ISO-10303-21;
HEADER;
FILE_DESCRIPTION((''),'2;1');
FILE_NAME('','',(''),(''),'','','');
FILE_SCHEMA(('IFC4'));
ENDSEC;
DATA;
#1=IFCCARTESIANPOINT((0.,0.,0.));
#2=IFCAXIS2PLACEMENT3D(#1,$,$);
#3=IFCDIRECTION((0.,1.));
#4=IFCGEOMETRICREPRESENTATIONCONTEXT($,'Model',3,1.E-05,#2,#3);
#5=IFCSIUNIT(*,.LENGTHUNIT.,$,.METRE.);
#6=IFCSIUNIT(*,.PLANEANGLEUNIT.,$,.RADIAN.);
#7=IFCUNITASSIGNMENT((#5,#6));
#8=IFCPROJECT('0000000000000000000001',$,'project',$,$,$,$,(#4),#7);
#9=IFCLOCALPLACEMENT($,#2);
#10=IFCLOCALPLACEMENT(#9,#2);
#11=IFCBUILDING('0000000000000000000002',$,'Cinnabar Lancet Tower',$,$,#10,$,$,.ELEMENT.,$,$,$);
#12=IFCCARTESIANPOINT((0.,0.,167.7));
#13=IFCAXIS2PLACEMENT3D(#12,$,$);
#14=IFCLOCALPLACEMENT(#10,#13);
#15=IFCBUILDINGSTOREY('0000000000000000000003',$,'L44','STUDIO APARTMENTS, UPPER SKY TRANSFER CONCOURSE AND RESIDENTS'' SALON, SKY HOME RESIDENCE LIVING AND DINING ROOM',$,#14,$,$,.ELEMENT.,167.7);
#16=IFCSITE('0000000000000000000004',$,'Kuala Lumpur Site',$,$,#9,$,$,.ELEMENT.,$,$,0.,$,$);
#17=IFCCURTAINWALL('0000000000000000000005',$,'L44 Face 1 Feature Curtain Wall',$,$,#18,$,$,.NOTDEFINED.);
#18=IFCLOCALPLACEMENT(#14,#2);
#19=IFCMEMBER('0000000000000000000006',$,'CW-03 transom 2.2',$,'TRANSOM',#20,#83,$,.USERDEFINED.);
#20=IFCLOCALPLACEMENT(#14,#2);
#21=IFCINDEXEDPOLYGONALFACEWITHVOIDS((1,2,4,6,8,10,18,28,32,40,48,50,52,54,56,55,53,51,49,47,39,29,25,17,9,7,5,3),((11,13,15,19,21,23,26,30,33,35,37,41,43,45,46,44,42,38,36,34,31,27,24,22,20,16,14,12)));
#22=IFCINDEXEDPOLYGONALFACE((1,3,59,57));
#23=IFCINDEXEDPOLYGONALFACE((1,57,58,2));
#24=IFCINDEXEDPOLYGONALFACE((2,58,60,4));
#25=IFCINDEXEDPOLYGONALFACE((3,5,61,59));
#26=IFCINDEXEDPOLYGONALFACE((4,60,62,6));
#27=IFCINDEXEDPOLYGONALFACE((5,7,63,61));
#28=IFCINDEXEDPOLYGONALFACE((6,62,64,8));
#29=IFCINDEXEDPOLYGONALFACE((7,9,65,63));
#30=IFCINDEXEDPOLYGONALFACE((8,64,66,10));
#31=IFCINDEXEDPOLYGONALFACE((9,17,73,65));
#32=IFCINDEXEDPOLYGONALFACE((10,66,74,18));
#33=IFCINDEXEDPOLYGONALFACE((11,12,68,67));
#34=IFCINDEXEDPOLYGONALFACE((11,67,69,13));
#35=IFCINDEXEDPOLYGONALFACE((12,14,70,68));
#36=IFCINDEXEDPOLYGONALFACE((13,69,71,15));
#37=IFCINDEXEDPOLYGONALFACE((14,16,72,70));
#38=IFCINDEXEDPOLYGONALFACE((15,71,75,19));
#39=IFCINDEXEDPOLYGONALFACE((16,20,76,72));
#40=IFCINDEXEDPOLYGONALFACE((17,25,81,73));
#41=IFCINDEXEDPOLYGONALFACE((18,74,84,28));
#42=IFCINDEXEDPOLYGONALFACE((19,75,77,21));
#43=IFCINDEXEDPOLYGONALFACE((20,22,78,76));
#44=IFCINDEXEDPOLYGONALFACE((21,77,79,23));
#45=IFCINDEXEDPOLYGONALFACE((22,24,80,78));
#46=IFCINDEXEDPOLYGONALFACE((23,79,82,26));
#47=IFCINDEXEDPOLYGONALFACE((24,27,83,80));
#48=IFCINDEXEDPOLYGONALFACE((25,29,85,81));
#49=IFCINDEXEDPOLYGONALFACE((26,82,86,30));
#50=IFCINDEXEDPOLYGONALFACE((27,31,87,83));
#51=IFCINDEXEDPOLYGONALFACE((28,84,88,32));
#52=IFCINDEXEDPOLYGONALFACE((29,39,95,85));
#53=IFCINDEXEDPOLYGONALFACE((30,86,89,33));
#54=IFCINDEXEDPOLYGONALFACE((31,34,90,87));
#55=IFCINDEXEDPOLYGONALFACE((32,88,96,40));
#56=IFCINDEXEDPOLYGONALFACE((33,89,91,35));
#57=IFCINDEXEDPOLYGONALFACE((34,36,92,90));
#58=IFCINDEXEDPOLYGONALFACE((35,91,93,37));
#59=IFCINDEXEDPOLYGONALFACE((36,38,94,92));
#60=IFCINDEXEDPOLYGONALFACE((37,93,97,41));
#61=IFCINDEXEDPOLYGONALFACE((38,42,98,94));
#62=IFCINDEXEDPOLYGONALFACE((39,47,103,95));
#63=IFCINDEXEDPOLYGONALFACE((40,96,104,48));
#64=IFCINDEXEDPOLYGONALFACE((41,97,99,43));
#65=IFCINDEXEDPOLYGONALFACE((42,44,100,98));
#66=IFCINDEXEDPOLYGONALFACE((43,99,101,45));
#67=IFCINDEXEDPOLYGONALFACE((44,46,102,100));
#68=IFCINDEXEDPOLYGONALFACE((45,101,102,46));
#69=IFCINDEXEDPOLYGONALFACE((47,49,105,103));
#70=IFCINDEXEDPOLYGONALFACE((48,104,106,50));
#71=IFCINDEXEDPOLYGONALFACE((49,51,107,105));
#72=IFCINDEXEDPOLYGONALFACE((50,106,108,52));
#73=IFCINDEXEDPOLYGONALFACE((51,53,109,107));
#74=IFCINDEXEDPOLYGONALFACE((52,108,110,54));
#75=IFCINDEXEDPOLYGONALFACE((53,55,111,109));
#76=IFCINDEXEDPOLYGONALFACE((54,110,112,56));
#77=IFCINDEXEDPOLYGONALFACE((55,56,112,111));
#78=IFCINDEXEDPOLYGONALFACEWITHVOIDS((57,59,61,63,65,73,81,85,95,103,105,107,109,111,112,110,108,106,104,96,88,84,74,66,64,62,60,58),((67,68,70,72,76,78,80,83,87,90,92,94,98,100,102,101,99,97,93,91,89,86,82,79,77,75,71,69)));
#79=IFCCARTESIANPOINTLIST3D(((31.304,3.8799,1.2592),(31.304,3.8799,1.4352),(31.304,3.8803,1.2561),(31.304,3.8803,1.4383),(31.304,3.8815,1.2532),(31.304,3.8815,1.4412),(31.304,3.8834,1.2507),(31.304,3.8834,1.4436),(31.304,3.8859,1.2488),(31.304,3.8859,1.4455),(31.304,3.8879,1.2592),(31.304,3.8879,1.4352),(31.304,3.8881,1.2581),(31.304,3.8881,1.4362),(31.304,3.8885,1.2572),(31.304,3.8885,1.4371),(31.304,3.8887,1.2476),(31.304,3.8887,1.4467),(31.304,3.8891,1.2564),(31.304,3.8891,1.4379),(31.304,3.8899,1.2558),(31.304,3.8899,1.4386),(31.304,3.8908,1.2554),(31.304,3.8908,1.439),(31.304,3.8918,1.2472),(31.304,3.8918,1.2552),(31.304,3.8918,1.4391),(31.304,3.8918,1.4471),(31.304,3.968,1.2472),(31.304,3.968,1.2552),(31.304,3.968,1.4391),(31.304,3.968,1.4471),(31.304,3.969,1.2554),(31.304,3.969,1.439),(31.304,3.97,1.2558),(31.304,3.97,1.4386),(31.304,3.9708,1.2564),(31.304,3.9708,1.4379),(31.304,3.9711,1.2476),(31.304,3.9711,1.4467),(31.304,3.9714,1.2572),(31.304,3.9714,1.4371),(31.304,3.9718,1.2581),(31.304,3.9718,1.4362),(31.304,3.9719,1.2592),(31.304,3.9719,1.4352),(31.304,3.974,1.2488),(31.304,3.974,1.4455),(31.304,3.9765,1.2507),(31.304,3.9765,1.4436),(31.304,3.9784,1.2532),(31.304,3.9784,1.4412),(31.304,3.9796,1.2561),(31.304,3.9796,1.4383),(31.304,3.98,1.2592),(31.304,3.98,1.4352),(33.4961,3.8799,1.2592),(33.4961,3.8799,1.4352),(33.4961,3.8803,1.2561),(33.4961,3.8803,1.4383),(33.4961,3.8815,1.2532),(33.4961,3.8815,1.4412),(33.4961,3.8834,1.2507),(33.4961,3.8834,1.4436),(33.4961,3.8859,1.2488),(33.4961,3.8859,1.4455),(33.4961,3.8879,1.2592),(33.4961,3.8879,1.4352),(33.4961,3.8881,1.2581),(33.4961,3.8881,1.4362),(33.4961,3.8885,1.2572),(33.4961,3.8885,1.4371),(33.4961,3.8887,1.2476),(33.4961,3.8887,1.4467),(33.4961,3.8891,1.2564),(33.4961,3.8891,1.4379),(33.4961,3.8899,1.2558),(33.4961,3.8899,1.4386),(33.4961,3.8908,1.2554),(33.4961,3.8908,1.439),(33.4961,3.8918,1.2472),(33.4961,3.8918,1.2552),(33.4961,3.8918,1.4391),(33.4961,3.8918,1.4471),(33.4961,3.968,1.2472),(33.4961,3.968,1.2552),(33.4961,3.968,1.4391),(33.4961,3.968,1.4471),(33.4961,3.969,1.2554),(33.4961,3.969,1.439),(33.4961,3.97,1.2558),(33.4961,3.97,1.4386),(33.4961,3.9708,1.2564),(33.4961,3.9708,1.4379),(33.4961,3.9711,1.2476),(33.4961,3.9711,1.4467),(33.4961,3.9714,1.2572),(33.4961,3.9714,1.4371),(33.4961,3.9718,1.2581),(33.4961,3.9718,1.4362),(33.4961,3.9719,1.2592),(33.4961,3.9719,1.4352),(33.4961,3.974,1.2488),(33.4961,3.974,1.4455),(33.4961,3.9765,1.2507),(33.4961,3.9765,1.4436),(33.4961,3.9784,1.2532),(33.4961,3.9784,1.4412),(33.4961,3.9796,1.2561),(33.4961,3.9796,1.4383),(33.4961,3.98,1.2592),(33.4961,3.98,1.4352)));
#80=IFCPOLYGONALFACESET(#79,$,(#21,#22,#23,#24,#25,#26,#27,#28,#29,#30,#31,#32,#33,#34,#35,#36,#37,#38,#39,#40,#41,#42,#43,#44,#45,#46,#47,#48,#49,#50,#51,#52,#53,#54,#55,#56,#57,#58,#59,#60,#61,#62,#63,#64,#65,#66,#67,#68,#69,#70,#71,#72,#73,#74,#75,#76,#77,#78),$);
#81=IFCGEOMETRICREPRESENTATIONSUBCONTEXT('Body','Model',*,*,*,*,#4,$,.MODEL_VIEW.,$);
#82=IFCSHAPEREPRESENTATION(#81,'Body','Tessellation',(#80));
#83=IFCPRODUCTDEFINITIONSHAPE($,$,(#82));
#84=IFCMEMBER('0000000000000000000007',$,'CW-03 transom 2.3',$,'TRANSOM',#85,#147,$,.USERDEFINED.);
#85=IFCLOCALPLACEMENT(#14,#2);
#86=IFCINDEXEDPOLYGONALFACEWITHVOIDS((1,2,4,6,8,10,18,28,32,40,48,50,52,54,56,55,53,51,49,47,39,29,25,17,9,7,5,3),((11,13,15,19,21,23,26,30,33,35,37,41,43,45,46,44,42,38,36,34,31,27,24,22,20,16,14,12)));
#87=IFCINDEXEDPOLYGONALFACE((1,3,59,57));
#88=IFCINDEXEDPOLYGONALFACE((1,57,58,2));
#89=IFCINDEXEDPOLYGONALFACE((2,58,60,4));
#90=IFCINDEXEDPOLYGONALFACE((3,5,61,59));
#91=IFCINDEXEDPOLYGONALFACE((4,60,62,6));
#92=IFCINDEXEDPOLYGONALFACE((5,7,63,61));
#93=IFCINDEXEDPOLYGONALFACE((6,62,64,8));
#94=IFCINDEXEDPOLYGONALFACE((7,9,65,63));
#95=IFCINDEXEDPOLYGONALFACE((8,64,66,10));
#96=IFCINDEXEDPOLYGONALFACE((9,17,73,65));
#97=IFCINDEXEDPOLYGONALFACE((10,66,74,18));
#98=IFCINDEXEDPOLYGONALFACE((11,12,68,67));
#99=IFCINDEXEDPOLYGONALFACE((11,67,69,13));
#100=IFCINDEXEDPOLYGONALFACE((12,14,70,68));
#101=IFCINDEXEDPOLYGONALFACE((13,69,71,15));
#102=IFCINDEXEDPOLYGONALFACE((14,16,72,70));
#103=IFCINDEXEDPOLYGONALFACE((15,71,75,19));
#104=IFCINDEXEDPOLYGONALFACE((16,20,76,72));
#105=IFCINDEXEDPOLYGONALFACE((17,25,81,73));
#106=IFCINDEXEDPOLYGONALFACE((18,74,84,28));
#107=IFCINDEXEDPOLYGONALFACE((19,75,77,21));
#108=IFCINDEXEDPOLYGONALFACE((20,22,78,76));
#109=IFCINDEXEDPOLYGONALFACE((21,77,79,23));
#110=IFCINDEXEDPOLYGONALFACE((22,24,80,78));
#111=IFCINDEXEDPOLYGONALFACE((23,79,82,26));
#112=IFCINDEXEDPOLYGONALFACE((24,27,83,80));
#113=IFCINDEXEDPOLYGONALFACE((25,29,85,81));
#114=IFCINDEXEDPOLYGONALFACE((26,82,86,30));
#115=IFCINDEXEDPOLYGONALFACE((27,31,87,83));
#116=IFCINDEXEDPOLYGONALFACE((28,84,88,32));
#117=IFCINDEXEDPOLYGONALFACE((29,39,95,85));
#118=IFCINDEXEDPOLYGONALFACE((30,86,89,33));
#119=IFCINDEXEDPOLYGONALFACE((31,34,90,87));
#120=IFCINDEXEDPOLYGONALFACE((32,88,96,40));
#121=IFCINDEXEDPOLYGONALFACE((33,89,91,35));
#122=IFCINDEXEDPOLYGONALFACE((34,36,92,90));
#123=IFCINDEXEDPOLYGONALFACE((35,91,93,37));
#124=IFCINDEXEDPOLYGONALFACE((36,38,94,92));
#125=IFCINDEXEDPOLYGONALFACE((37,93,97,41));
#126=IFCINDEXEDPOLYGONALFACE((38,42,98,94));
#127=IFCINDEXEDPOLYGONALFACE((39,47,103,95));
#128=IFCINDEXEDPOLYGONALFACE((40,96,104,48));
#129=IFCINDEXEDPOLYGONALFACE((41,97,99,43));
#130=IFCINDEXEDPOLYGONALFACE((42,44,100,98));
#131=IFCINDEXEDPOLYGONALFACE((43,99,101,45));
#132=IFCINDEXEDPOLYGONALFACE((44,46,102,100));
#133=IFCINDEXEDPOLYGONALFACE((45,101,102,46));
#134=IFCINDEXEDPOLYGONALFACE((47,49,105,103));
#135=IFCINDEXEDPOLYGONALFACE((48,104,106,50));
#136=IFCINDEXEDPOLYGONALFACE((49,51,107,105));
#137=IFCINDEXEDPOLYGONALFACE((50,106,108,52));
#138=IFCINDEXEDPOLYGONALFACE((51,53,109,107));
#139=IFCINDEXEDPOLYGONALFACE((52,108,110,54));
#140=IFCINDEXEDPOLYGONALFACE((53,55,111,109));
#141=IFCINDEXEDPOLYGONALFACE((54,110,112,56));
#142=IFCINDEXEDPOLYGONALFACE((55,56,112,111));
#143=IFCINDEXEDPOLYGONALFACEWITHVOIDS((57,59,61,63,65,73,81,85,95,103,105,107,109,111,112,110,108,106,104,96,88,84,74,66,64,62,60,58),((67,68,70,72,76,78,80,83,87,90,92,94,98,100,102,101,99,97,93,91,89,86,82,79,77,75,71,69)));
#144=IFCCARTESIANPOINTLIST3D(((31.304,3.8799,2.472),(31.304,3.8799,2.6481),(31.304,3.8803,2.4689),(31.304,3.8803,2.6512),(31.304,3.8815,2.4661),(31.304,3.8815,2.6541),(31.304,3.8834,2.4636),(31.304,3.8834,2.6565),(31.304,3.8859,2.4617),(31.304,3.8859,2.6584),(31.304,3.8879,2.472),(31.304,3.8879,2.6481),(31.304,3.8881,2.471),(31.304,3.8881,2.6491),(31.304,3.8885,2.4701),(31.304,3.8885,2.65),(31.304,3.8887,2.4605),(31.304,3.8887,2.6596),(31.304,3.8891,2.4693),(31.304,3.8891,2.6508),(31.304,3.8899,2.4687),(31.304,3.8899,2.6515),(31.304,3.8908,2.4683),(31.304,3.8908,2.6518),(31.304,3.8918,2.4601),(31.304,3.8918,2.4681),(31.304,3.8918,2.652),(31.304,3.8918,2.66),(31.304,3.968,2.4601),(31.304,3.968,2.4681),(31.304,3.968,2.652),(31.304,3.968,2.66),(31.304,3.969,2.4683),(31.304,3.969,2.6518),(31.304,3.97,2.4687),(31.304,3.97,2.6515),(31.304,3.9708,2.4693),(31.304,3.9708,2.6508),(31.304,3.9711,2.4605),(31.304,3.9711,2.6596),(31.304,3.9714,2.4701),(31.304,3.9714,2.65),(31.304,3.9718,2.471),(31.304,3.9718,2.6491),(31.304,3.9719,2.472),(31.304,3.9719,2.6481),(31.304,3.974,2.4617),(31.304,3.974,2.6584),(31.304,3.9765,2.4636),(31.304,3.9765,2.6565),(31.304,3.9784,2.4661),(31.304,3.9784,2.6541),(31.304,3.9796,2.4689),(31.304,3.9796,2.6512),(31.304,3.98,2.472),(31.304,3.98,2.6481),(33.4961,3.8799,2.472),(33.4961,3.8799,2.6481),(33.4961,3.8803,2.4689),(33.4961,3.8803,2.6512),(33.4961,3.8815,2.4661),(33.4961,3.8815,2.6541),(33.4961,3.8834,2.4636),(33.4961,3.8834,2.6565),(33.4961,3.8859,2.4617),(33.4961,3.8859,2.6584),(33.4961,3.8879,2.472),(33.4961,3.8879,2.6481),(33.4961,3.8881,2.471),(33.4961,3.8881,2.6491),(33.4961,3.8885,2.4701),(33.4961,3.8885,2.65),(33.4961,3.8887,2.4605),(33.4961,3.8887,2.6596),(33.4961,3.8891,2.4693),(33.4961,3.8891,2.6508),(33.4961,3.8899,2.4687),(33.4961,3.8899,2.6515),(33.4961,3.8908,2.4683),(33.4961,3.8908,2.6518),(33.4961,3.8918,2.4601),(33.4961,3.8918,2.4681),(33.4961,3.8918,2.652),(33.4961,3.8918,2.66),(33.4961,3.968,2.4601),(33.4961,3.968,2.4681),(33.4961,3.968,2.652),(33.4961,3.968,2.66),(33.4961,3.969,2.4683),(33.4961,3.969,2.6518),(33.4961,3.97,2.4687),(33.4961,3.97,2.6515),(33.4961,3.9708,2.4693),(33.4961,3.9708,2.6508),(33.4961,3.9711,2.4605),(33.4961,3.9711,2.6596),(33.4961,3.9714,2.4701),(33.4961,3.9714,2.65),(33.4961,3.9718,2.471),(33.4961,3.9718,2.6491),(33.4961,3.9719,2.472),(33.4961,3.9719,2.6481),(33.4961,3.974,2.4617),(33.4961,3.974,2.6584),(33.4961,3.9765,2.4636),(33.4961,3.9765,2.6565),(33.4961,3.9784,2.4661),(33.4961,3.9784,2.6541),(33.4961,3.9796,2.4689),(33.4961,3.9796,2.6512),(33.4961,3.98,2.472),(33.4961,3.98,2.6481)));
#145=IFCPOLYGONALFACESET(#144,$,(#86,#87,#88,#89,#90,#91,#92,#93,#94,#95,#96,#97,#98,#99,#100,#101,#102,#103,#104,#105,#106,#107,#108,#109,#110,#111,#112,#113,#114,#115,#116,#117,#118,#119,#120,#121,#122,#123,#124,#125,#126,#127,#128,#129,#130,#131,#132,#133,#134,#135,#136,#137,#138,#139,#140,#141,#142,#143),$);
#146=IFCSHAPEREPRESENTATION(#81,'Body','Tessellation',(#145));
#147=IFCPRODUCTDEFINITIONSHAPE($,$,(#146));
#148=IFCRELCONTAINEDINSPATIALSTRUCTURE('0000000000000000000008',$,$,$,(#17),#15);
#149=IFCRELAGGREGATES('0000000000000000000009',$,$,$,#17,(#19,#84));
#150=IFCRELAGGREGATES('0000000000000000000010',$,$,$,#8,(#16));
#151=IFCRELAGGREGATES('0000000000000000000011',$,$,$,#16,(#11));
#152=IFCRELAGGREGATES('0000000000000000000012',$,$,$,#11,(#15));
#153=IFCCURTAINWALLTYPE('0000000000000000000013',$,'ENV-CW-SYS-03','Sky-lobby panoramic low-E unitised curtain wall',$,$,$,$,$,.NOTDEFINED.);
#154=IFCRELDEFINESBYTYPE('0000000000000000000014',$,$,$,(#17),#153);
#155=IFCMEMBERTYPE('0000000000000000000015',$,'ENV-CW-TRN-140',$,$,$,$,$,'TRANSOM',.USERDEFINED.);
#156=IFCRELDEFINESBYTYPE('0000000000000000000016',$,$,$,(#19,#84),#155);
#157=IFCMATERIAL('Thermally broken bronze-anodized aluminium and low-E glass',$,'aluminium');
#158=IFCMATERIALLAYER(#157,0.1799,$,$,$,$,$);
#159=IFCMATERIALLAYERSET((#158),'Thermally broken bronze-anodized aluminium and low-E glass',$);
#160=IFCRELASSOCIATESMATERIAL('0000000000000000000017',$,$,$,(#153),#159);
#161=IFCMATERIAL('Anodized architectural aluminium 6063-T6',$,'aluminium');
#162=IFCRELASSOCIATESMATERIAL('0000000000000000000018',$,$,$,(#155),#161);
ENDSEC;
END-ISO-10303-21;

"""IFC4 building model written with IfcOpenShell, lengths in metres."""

from ifc_helpers import new_model, si_unit, direction, frame, origin, origin_2d, place, context, subcontext, project, spatial, hollow_rectangle, extrude, material, layer, layer_set, material_profile, profile_set, type_object, element, aggregate, save


model = new_model("IFC4")

# Units and contexts
model_context = context("Model", 3, precision=1e-05, world=origin(), true_north=direction((0.0, 1.0)))
body_context = subcontext(model_context, "Body", "Model", "MODEL_VIEW")
ifc_project = project(units=[si_unit("LENGTHUNIT", "METRE"), si_unit("PLANEANGLEUNIT", "RADIAN")], contexts=[model_context])

# Site, building, storey
site_placement = place(None, origin())
site = spatial("IfcSite", under=ifc_project, at=site_placement, Name="Kuala Lumpur Site", CompositionType="ELEMENT", RefElevation=0.0)
building_placement = place(site_placement, origin())
building = spatial("IfcBuilding", under=site, at=building_placement, Name="Cinnabar Lancet Tower", CompositionType="ELEMENT")
storey_placement = place(building_placement, frame((0.0, 0.0, 167.7)))
storey = spatial("IfcBuildingStorey", under=building, at=storey_placement, Name="L44", Description="STUDIO APARTMENTS, UPPER SKY TRANSFER CONCOURSE AND RESIDENTS' SALON, SKY HOME RESIDENCE LIVING AND DINING ROOM", CompositionType="ELEMENT", Elevation=167.7)

# Curtain wall, members
ifc_material_1 = material(Name="Thermally broken bronze-anodized aluminium and low-E glass", Category="aluminium")
ifc_layer_1 = layer(ifc_material_1, 0.1799)
ifc_layer_set_1 = layer_set([ifc_layer_1], Name="Thermally broken bronze-anodized aluminium and low-E glass")
curtain_wall_type = type_object("IfcCurtainWallType", Name="ENV-CW-SYS-03", Description="Sky-lobby panoramic low-E unitised curtain wall", PredefinedType="NOTDEFINED", material=ifc_layer_set_1)
curtain_wall_placement = place(storey_placement, origin())
curtain_wall = element("IfcCurtainWall", 1, at=curtain_wall_placement, inside=storey, type_object=curtain_wall_type, Name="L44 Face 1 Feature Curtain Wall", PredefinedType="NOTDEFINED")
ifc_material_2 = material(Name="Anodized architectural aluminium 6063-T6", Category="aluminium")
ifc_material_profile_1 = material_profile(ifc_material_2, hollow_rectangle(XDim=0.1001, YDim=0.2, WallThickness=0.0081, InnerFilletRadius=0.0039, OuterFilletRadius=0.012, at=origin_2d()), Name="RHS 200x100x8")
ifc_profile_set_1 = profile_set([ifc_material_profile_1], Name="Anodized architectural aluminium 6063-T6")
member_type_1 = type_object("IfcMemberType", Name="ENV-CW-TRN-140", ElementType="TRANSOM", PredefinedType="USERDEFINED", material=ifc_profile_set_1)
member_1_placement = place(storey_placement, frame((31.304, 3.9299, 1.3472), z_axis=(1.0, 0.0, 0.0), x_axis=(0.0, 1.0, 0.0)))
member_1 = element("IfcMember", 2, at=member_1_placement, type_object=member_type_1, Name="CW-03 transom 2.2", ObjectType="TRANSOM", PredefinedType="USERDEFINED", context=body_context, shape_type="SweptSolid", body=[
    extrude(hollow_rectangle(XDim=0.1001, YDim=0.2, WallThickness=0.0081, InnerFilletRadius=0.0039, OuterFilletRadius=0.012, at=origin_2d()), origin(), (0.0, 0.0, 1.0), 2.1921),
])
member_2_placement = place(storey_placement, frame((31.304, 3.9299, 2.5601), z_axis=(1.0, 0.0, 0.0), x_axis=(0.0, 1.0, 0.0)))
member_2 = element("IfcMember", 3, at=member_2_placement, type_object=member_type_1, Name="CW-03 transom 2.3", ObjectType="TRANSOM", PredefinedType="USERDEFINED", context=body_context, shape_type="SweptSolid", body=[
    extrude(hollow_rectangle(XDim=0.1001, YDim=0.2, WallThickness=0.0081, InnerFilletRadius=0.0039, OuterFilletRadius=0.012, at=origin_2d()), origin(), (0.0, 0.0, 1.0), 2.1921),
])

aggregate(curtain_wall, [member_1, member_2])

save(model, "model.ifc")
